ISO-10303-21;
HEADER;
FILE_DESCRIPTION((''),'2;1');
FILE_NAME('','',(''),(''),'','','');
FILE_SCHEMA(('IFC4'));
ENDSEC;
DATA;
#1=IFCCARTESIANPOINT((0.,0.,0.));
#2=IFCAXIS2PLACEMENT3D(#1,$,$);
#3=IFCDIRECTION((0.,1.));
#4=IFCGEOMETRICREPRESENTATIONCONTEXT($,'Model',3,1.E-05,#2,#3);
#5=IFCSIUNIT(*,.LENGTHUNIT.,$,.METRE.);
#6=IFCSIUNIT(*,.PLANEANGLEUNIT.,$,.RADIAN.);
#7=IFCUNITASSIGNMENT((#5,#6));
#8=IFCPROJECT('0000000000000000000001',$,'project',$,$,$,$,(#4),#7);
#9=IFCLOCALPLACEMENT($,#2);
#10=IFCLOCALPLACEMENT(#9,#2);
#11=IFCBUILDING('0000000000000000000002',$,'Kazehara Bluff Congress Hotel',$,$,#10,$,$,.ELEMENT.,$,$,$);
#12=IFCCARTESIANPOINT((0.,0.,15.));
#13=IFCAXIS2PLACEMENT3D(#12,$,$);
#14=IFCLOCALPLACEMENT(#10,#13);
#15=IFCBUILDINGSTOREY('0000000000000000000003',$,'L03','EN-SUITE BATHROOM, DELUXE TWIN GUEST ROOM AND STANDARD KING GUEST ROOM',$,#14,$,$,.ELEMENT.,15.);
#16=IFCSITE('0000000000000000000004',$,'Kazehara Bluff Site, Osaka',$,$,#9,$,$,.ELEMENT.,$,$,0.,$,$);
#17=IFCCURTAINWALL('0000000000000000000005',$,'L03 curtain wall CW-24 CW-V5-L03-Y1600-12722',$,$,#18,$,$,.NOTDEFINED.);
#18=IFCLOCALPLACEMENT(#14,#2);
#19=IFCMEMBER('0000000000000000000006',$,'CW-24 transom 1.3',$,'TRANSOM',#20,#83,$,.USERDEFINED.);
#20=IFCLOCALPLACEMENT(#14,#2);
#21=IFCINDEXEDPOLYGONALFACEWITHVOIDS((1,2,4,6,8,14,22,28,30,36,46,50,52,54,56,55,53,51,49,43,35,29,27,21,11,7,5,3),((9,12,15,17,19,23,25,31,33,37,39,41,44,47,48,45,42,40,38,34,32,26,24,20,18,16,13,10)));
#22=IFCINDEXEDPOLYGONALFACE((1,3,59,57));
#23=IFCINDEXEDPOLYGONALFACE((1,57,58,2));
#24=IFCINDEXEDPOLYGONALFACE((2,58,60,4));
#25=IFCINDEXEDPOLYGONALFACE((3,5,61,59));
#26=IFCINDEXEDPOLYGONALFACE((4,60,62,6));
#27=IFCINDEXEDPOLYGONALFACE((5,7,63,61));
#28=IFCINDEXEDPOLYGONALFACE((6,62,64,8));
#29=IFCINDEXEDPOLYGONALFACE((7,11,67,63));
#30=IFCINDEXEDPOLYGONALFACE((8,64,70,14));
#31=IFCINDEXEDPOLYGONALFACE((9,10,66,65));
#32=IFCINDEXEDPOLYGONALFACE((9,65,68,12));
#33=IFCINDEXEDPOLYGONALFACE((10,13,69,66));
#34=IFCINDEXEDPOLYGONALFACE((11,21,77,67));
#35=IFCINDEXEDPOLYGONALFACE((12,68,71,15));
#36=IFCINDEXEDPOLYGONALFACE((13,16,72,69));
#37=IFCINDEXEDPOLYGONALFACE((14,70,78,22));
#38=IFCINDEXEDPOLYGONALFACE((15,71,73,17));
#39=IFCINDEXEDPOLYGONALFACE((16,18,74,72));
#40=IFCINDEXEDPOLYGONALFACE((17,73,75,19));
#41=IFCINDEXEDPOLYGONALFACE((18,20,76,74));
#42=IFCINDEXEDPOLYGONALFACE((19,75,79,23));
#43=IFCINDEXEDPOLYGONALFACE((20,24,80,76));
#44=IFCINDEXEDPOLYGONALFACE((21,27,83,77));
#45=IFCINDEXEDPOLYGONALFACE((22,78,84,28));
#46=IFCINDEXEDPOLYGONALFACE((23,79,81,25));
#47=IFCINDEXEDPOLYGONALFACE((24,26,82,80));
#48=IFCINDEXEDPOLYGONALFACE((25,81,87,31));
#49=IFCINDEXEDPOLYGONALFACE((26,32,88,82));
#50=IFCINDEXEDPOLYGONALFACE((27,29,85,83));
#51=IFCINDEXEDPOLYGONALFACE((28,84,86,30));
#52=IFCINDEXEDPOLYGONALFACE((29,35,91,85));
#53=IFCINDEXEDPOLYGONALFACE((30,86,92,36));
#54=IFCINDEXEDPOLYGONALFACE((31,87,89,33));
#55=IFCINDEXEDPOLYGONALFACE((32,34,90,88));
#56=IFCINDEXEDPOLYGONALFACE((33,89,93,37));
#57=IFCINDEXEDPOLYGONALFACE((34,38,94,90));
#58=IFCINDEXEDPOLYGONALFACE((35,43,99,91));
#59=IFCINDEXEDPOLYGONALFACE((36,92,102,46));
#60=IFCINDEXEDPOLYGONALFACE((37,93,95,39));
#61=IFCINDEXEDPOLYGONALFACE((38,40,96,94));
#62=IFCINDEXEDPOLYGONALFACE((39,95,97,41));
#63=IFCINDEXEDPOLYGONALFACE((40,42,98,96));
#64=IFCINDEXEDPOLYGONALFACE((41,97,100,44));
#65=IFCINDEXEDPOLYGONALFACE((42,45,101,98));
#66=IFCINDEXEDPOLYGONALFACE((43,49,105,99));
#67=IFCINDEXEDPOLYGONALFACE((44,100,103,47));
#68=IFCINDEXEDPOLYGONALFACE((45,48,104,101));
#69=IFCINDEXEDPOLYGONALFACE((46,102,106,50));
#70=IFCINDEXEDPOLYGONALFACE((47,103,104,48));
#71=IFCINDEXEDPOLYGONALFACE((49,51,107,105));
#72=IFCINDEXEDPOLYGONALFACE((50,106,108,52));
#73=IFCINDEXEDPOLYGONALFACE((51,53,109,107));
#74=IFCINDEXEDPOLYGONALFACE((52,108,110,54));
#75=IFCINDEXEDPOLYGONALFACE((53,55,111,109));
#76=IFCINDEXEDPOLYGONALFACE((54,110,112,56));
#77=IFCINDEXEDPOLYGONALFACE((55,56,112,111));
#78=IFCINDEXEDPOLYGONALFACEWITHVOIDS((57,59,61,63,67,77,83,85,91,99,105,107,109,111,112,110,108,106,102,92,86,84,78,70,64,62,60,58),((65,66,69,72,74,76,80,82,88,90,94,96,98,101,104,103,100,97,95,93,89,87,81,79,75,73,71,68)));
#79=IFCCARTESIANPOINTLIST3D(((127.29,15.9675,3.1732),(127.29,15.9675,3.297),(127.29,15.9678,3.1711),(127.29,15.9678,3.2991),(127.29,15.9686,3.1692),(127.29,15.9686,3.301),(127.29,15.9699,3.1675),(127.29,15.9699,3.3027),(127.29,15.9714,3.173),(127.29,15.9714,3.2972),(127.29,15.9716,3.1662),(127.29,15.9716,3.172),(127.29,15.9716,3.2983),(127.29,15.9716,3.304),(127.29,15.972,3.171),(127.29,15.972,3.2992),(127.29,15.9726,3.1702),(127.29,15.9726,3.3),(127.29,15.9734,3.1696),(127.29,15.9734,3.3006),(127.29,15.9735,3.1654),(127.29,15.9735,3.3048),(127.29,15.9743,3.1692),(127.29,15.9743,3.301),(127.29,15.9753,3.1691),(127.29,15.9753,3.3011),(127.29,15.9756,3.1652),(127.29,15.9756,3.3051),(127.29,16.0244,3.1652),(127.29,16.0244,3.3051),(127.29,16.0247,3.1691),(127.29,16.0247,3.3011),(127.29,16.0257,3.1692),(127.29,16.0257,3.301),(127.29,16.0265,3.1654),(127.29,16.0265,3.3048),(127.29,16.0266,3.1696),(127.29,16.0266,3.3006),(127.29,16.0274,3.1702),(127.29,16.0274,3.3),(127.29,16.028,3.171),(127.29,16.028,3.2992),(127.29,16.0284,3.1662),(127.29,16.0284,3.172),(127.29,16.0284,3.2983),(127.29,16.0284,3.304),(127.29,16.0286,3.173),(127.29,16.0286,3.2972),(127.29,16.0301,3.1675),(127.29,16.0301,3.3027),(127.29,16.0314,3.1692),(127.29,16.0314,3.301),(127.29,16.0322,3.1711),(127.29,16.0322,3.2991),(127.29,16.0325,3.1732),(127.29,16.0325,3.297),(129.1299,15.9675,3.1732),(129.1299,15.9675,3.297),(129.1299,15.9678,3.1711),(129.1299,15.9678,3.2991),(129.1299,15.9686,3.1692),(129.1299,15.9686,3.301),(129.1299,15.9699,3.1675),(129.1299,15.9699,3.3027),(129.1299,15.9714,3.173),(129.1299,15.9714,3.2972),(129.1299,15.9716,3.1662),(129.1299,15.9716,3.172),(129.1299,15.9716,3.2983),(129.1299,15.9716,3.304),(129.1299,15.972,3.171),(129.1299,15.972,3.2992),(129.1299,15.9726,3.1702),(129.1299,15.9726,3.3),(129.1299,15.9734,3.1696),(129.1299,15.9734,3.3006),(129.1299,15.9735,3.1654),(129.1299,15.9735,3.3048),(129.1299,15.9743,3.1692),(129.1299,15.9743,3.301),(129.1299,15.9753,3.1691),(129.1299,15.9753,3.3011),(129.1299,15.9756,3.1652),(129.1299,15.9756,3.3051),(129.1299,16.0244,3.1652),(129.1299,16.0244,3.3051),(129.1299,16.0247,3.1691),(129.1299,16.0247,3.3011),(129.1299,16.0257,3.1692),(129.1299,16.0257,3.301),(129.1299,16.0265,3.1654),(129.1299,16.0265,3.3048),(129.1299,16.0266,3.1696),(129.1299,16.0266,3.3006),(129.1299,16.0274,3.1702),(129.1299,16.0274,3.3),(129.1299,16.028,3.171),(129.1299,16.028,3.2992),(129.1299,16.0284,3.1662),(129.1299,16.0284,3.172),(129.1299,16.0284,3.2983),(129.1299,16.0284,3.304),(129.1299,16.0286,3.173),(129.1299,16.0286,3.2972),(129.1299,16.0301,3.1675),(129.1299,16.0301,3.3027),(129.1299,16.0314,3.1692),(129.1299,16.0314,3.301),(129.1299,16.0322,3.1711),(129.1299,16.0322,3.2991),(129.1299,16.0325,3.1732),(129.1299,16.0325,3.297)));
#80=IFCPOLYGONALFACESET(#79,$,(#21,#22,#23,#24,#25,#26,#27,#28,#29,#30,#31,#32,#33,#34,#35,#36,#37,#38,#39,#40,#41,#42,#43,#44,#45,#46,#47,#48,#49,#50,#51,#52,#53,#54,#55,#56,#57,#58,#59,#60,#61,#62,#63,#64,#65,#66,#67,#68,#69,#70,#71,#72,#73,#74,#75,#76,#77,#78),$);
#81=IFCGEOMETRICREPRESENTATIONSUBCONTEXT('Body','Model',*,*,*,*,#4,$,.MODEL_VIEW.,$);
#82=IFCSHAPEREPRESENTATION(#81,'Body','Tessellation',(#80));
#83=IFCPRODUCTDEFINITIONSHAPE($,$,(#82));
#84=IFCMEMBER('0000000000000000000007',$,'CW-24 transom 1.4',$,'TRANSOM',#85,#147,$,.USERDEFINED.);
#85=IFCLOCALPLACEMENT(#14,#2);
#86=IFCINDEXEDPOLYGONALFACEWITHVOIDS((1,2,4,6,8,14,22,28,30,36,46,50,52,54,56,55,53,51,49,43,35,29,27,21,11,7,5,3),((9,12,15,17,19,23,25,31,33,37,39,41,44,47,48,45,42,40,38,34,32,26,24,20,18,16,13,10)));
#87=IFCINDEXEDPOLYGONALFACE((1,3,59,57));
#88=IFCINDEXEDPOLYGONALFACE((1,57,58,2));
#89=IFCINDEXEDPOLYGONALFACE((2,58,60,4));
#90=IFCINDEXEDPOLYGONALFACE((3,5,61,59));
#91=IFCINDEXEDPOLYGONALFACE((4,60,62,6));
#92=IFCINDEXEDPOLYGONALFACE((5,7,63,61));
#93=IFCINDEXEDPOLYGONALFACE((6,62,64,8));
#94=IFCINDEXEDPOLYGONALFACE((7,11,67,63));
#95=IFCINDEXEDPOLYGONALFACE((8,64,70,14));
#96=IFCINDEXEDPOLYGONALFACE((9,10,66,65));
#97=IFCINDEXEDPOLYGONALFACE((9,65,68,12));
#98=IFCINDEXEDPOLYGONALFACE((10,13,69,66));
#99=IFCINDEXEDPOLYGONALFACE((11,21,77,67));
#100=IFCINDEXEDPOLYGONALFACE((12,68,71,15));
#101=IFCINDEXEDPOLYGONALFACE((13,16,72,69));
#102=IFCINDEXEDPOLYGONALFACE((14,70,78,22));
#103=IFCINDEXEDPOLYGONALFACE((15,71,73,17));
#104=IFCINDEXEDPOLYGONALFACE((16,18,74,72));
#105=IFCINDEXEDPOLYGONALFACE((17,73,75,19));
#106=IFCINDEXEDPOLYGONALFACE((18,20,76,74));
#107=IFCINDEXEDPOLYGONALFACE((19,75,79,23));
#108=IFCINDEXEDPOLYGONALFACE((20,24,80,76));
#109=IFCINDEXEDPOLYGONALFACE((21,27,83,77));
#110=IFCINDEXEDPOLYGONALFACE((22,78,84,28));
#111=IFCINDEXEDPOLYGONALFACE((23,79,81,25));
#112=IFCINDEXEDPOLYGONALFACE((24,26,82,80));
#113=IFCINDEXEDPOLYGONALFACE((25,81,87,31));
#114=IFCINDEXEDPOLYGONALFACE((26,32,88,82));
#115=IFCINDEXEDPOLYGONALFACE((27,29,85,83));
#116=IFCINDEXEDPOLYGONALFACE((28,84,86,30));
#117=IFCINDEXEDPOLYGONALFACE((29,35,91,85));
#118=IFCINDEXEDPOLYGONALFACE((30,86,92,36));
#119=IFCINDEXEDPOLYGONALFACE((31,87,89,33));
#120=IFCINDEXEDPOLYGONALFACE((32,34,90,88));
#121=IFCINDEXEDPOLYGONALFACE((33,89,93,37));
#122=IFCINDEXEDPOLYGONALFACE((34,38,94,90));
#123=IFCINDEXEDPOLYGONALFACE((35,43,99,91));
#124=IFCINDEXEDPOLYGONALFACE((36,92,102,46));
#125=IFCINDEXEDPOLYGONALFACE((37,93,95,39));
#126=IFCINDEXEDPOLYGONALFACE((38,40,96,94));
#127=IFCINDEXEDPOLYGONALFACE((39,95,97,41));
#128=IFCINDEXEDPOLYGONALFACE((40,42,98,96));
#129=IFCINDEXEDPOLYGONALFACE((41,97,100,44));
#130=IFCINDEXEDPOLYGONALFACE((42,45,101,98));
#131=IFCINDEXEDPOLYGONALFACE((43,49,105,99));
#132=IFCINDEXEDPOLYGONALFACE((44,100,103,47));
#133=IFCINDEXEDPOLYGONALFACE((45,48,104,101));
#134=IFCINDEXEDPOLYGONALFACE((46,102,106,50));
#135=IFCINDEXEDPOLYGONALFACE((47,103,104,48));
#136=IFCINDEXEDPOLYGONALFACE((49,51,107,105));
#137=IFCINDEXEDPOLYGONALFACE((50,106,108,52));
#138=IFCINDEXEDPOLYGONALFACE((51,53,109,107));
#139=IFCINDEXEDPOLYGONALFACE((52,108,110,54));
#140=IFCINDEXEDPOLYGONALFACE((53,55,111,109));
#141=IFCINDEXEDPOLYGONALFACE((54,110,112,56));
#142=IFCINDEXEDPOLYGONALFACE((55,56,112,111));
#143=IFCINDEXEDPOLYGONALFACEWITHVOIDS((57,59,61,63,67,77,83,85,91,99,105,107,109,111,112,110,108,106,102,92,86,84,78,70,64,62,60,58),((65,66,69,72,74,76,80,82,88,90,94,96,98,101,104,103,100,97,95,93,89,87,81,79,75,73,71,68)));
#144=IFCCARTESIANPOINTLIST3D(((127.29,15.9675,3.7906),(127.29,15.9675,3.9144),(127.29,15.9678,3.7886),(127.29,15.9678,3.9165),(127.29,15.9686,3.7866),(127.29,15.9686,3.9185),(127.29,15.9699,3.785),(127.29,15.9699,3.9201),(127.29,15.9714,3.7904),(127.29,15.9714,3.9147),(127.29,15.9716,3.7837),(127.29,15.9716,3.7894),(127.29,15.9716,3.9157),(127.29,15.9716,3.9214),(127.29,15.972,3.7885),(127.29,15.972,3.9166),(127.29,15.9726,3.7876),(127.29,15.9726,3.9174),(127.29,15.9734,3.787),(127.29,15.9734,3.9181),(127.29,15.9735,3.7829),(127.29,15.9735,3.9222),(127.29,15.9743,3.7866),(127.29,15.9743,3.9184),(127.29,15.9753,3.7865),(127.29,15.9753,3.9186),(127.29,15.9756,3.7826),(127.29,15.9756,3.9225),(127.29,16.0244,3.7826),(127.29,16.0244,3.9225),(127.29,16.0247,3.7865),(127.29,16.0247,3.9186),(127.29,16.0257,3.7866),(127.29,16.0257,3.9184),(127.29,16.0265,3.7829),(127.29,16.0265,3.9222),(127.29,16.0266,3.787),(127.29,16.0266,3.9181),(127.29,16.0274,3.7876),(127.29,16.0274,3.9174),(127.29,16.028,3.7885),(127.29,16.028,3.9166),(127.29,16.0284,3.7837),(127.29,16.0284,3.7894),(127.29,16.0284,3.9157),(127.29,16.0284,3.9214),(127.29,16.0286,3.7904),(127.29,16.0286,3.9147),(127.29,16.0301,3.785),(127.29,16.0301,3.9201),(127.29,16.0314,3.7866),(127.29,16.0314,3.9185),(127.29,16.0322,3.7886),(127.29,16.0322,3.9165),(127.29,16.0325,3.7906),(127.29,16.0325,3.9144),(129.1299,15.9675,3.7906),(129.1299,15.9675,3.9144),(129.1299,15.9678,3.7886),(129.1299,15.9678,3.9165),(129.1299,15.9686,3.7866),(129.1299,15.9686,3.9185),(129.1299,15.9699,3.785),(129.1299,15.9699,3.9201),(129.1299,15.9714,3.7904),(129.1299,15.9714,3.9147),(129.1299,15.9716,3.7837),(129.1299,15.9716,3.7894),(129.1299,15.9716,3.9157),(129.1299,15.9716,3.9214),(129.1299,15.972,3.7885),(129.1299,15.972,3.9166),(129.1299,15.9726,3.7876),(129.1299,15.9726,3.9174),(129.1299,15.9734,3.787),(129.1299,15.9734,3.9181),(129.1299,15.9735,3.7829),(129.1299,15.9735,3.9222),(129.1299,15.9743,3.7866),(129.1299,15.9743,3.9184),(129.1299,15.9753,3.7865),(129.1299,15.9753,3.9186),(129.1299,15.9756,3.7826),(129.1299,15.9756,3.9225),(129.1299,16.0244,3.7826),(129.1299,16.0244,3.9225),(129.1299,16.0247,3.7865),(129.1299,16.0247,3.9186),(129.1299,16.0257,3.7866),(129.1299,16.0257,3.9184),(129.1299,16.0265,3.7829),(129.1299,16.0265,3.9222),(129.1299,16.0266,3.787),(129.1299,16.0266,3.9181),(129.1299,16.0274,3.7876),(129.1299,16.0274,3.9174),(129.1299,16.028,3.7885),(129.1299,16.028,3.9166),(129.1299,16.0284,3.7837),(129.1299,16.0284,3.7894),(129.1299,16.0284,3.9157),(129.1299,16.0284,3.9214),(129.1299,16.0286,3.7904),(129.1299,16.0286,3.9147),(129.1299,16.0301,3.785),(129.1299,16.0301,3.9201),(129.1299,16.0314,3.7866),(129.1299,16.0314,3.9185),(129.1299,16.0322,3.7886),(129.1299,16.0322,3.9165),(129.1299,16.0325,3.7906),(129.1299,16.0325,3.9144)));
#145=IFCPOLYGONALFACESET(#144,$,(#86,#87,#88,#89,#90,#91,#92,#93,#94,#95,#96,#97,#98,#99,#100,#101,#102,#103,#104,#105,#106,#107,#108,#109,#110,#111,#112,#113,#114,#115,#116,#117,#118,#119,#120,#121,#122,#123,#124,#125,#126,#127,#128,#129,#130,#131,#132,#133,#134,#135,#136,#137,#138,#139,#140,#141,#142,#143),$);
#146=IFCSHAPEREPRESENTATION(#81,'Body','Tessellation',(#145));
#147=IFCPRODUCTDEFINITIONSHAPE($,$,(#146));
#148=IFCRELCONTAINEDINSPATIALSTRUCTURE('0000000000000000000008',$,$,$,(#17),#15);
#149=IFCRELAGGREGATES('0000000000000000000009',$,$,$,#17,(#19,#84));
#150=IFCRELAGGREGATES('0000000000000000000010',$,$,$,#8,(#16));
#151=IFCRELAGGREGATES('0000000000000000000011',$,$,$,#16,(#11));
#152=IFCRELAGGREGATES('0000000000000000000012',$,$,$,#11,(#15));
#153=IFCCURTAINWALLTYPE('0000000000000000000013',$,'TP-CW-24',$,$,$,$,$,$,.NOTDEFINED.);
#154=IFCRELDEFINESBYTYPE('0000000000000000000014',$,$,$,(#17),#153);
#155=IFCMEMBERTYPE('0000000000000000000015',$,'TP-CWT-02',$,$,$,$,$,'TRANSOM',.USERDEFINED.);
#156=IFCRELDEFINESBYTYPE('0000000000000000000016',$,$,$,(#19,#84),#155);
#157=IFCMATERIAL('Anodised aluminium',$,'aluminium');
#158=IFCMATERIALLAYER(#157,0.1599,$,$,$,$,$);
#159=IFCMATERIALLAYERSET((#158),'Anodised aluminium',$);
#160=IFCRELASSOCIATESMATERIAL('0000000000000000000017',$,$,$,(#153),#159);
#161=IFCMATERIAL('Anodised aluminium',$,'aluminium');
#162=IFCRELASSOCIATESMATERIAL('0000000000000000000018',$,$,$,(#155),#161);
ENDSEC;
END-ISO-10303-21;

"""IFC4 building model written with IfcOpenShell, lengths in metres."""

from ifc_helpers import new_model, si_unit, direction, frame, origin, origin_2d, place, context, subcontext, project, spatial, hollow_rectangle, extrude, material, layer, layer_set, material_profile, profile_set, type_object, element, aggregate, save


model = new_model("IFC4")

# Units and contexts
model_context = context("Model", 3, precision=1e-05, world=origin(), true_north=direction((0.0, 1.0)))
body_context = subcontext(model_context, "Body", "Model", "MODEL_VIEW")
ifc_project = project(units=[si_unit("LENGTHUNIT", "METRE"), si_unit("PLANEANGLEUNIT", "RADIAN")], contexts=[model_context])

# Site, building, storey
site_placement = place(None, origin())
site = spatial("IfcSite", under=ifc_project, at=site_placement, Name="Kazehara Bluff Site, Osaka", CompositionType="ELEMENT", RefElevation=0.0)
building_placement = place(site_placement, origin())
building = spatial("IfcBuilding", under=site, at=building_placement, Name="Kazehara Bluff Congress Hotel", CompositionType="ELEMENT")
storey_placement = place(building_placement, frame((0.0, 0.0, 15.0)))
storey = spatial("IfcBuildingStorey", under=building, at=storey_placement, Name="L03", Description="EN-SUITE BATHROOM, DELUXE TWIN GUEST ROOM AND STANDARD KING GUEST ROOM", CompositionType="ELEMENT", Elevation=15.0)

# Curtain wall
ifc_material_1 = material(Name="Anodised aluminium", Category="aluminium")
ifc_layer_1 = layer(ifc_material_1, 0.1599)
ifc_layer_set_1 = layer_set([ifc_layer_1], Name="Anodised aluminium")
curtain_wall_type = type_object("IfcCurtainWallType", Name="TP-CW-24", PredefinedType="NOTDEFINED", material=ifc_layer_set_1)
curtain_wall_1_placement = place(storey_placement, origin())
curtain_wall_1 = element("IfcCurtainWall", 1, at=curtain_wall_1_placement, inside=storey, type_object=curtain_wall_type, Name="L03 curtain wall CW-24 CW-V5-L03-Y1600-12722", PredefinedType="NOTDEFINED")

# Members
ifc_material_2 = material(Name="Anodised aluminium", Category="aluminium")
ifc_material_profile_1 = material_profile(ifc_material_2, hollow_rectangle(XDim=0.0649, YDim=0.1399, WallThickness=0.0039, InnerFilletRadius=0.0039, OuterFilletRadius=0.0081, at=origin_2d()))
ifc_profile_set_1 = profile_set([ifc_material_profile_1], Name="Anodised aluminium")
member_type_1 = type_object("IfcMemberType", Name="TP-CWT-02", ElementType="TRANSOM", PredefinedType="USERDEFINED", material=ifc_profile_set_1)
member_1_placement = place(storey_placement, frame((127.29, 16.0, 3.2351), z_axis=(1.0, 0.0, 0.0), x_axis=(0.0, 1.0, 0.0)))
member_1 = element("IfcMember", 2, at=member_1_placement, type_object=member_type_1, Name="CW-24 transom 1.3", ObjectType="TRANSOM", PredefinedType="USERDEFINED", context=body_context, shape_type="SweptSolid", body=[
    extrude(hollow_rectangle(XDim=0.0649, YDim=0.1399, WallThickness=0.0039, InnerFilletRadius=0.0039, OuterFilletRadius=0.0081, at=origin_2d()), origin(), (0.0, 0.0, 1.0), 1.8398),
])
member_2_placement = place(storey_placement, frame((127.29, 16.0, 3.8525), z_axis=(1.0, 0.0, 0.0), x_axis=(0.0, 1.0, 0.0)))
member_2 = element("IfcMember", 3, at=member_2_placement, type_object=member_type_1, Name="CW-24 transom 1.4", ObjectType="TRANSOM", PredefinedType="USERDEFINED", context=body_context, shape_type="SweptSolid", body=[
    extrude(hollow_rectangle(XDim=0.0649, YDim=0.1399, WallThickness=0.0039, InnerFilletRadius=0.0039, OuterFilletRadius=0.0081, at=origin_2d()), origin(), (0.0, 0.0, 1.0), 1.8398),
])

aggregate(curtain_wall_1, [member_1, member_2])

save(model, "model.ifc")
